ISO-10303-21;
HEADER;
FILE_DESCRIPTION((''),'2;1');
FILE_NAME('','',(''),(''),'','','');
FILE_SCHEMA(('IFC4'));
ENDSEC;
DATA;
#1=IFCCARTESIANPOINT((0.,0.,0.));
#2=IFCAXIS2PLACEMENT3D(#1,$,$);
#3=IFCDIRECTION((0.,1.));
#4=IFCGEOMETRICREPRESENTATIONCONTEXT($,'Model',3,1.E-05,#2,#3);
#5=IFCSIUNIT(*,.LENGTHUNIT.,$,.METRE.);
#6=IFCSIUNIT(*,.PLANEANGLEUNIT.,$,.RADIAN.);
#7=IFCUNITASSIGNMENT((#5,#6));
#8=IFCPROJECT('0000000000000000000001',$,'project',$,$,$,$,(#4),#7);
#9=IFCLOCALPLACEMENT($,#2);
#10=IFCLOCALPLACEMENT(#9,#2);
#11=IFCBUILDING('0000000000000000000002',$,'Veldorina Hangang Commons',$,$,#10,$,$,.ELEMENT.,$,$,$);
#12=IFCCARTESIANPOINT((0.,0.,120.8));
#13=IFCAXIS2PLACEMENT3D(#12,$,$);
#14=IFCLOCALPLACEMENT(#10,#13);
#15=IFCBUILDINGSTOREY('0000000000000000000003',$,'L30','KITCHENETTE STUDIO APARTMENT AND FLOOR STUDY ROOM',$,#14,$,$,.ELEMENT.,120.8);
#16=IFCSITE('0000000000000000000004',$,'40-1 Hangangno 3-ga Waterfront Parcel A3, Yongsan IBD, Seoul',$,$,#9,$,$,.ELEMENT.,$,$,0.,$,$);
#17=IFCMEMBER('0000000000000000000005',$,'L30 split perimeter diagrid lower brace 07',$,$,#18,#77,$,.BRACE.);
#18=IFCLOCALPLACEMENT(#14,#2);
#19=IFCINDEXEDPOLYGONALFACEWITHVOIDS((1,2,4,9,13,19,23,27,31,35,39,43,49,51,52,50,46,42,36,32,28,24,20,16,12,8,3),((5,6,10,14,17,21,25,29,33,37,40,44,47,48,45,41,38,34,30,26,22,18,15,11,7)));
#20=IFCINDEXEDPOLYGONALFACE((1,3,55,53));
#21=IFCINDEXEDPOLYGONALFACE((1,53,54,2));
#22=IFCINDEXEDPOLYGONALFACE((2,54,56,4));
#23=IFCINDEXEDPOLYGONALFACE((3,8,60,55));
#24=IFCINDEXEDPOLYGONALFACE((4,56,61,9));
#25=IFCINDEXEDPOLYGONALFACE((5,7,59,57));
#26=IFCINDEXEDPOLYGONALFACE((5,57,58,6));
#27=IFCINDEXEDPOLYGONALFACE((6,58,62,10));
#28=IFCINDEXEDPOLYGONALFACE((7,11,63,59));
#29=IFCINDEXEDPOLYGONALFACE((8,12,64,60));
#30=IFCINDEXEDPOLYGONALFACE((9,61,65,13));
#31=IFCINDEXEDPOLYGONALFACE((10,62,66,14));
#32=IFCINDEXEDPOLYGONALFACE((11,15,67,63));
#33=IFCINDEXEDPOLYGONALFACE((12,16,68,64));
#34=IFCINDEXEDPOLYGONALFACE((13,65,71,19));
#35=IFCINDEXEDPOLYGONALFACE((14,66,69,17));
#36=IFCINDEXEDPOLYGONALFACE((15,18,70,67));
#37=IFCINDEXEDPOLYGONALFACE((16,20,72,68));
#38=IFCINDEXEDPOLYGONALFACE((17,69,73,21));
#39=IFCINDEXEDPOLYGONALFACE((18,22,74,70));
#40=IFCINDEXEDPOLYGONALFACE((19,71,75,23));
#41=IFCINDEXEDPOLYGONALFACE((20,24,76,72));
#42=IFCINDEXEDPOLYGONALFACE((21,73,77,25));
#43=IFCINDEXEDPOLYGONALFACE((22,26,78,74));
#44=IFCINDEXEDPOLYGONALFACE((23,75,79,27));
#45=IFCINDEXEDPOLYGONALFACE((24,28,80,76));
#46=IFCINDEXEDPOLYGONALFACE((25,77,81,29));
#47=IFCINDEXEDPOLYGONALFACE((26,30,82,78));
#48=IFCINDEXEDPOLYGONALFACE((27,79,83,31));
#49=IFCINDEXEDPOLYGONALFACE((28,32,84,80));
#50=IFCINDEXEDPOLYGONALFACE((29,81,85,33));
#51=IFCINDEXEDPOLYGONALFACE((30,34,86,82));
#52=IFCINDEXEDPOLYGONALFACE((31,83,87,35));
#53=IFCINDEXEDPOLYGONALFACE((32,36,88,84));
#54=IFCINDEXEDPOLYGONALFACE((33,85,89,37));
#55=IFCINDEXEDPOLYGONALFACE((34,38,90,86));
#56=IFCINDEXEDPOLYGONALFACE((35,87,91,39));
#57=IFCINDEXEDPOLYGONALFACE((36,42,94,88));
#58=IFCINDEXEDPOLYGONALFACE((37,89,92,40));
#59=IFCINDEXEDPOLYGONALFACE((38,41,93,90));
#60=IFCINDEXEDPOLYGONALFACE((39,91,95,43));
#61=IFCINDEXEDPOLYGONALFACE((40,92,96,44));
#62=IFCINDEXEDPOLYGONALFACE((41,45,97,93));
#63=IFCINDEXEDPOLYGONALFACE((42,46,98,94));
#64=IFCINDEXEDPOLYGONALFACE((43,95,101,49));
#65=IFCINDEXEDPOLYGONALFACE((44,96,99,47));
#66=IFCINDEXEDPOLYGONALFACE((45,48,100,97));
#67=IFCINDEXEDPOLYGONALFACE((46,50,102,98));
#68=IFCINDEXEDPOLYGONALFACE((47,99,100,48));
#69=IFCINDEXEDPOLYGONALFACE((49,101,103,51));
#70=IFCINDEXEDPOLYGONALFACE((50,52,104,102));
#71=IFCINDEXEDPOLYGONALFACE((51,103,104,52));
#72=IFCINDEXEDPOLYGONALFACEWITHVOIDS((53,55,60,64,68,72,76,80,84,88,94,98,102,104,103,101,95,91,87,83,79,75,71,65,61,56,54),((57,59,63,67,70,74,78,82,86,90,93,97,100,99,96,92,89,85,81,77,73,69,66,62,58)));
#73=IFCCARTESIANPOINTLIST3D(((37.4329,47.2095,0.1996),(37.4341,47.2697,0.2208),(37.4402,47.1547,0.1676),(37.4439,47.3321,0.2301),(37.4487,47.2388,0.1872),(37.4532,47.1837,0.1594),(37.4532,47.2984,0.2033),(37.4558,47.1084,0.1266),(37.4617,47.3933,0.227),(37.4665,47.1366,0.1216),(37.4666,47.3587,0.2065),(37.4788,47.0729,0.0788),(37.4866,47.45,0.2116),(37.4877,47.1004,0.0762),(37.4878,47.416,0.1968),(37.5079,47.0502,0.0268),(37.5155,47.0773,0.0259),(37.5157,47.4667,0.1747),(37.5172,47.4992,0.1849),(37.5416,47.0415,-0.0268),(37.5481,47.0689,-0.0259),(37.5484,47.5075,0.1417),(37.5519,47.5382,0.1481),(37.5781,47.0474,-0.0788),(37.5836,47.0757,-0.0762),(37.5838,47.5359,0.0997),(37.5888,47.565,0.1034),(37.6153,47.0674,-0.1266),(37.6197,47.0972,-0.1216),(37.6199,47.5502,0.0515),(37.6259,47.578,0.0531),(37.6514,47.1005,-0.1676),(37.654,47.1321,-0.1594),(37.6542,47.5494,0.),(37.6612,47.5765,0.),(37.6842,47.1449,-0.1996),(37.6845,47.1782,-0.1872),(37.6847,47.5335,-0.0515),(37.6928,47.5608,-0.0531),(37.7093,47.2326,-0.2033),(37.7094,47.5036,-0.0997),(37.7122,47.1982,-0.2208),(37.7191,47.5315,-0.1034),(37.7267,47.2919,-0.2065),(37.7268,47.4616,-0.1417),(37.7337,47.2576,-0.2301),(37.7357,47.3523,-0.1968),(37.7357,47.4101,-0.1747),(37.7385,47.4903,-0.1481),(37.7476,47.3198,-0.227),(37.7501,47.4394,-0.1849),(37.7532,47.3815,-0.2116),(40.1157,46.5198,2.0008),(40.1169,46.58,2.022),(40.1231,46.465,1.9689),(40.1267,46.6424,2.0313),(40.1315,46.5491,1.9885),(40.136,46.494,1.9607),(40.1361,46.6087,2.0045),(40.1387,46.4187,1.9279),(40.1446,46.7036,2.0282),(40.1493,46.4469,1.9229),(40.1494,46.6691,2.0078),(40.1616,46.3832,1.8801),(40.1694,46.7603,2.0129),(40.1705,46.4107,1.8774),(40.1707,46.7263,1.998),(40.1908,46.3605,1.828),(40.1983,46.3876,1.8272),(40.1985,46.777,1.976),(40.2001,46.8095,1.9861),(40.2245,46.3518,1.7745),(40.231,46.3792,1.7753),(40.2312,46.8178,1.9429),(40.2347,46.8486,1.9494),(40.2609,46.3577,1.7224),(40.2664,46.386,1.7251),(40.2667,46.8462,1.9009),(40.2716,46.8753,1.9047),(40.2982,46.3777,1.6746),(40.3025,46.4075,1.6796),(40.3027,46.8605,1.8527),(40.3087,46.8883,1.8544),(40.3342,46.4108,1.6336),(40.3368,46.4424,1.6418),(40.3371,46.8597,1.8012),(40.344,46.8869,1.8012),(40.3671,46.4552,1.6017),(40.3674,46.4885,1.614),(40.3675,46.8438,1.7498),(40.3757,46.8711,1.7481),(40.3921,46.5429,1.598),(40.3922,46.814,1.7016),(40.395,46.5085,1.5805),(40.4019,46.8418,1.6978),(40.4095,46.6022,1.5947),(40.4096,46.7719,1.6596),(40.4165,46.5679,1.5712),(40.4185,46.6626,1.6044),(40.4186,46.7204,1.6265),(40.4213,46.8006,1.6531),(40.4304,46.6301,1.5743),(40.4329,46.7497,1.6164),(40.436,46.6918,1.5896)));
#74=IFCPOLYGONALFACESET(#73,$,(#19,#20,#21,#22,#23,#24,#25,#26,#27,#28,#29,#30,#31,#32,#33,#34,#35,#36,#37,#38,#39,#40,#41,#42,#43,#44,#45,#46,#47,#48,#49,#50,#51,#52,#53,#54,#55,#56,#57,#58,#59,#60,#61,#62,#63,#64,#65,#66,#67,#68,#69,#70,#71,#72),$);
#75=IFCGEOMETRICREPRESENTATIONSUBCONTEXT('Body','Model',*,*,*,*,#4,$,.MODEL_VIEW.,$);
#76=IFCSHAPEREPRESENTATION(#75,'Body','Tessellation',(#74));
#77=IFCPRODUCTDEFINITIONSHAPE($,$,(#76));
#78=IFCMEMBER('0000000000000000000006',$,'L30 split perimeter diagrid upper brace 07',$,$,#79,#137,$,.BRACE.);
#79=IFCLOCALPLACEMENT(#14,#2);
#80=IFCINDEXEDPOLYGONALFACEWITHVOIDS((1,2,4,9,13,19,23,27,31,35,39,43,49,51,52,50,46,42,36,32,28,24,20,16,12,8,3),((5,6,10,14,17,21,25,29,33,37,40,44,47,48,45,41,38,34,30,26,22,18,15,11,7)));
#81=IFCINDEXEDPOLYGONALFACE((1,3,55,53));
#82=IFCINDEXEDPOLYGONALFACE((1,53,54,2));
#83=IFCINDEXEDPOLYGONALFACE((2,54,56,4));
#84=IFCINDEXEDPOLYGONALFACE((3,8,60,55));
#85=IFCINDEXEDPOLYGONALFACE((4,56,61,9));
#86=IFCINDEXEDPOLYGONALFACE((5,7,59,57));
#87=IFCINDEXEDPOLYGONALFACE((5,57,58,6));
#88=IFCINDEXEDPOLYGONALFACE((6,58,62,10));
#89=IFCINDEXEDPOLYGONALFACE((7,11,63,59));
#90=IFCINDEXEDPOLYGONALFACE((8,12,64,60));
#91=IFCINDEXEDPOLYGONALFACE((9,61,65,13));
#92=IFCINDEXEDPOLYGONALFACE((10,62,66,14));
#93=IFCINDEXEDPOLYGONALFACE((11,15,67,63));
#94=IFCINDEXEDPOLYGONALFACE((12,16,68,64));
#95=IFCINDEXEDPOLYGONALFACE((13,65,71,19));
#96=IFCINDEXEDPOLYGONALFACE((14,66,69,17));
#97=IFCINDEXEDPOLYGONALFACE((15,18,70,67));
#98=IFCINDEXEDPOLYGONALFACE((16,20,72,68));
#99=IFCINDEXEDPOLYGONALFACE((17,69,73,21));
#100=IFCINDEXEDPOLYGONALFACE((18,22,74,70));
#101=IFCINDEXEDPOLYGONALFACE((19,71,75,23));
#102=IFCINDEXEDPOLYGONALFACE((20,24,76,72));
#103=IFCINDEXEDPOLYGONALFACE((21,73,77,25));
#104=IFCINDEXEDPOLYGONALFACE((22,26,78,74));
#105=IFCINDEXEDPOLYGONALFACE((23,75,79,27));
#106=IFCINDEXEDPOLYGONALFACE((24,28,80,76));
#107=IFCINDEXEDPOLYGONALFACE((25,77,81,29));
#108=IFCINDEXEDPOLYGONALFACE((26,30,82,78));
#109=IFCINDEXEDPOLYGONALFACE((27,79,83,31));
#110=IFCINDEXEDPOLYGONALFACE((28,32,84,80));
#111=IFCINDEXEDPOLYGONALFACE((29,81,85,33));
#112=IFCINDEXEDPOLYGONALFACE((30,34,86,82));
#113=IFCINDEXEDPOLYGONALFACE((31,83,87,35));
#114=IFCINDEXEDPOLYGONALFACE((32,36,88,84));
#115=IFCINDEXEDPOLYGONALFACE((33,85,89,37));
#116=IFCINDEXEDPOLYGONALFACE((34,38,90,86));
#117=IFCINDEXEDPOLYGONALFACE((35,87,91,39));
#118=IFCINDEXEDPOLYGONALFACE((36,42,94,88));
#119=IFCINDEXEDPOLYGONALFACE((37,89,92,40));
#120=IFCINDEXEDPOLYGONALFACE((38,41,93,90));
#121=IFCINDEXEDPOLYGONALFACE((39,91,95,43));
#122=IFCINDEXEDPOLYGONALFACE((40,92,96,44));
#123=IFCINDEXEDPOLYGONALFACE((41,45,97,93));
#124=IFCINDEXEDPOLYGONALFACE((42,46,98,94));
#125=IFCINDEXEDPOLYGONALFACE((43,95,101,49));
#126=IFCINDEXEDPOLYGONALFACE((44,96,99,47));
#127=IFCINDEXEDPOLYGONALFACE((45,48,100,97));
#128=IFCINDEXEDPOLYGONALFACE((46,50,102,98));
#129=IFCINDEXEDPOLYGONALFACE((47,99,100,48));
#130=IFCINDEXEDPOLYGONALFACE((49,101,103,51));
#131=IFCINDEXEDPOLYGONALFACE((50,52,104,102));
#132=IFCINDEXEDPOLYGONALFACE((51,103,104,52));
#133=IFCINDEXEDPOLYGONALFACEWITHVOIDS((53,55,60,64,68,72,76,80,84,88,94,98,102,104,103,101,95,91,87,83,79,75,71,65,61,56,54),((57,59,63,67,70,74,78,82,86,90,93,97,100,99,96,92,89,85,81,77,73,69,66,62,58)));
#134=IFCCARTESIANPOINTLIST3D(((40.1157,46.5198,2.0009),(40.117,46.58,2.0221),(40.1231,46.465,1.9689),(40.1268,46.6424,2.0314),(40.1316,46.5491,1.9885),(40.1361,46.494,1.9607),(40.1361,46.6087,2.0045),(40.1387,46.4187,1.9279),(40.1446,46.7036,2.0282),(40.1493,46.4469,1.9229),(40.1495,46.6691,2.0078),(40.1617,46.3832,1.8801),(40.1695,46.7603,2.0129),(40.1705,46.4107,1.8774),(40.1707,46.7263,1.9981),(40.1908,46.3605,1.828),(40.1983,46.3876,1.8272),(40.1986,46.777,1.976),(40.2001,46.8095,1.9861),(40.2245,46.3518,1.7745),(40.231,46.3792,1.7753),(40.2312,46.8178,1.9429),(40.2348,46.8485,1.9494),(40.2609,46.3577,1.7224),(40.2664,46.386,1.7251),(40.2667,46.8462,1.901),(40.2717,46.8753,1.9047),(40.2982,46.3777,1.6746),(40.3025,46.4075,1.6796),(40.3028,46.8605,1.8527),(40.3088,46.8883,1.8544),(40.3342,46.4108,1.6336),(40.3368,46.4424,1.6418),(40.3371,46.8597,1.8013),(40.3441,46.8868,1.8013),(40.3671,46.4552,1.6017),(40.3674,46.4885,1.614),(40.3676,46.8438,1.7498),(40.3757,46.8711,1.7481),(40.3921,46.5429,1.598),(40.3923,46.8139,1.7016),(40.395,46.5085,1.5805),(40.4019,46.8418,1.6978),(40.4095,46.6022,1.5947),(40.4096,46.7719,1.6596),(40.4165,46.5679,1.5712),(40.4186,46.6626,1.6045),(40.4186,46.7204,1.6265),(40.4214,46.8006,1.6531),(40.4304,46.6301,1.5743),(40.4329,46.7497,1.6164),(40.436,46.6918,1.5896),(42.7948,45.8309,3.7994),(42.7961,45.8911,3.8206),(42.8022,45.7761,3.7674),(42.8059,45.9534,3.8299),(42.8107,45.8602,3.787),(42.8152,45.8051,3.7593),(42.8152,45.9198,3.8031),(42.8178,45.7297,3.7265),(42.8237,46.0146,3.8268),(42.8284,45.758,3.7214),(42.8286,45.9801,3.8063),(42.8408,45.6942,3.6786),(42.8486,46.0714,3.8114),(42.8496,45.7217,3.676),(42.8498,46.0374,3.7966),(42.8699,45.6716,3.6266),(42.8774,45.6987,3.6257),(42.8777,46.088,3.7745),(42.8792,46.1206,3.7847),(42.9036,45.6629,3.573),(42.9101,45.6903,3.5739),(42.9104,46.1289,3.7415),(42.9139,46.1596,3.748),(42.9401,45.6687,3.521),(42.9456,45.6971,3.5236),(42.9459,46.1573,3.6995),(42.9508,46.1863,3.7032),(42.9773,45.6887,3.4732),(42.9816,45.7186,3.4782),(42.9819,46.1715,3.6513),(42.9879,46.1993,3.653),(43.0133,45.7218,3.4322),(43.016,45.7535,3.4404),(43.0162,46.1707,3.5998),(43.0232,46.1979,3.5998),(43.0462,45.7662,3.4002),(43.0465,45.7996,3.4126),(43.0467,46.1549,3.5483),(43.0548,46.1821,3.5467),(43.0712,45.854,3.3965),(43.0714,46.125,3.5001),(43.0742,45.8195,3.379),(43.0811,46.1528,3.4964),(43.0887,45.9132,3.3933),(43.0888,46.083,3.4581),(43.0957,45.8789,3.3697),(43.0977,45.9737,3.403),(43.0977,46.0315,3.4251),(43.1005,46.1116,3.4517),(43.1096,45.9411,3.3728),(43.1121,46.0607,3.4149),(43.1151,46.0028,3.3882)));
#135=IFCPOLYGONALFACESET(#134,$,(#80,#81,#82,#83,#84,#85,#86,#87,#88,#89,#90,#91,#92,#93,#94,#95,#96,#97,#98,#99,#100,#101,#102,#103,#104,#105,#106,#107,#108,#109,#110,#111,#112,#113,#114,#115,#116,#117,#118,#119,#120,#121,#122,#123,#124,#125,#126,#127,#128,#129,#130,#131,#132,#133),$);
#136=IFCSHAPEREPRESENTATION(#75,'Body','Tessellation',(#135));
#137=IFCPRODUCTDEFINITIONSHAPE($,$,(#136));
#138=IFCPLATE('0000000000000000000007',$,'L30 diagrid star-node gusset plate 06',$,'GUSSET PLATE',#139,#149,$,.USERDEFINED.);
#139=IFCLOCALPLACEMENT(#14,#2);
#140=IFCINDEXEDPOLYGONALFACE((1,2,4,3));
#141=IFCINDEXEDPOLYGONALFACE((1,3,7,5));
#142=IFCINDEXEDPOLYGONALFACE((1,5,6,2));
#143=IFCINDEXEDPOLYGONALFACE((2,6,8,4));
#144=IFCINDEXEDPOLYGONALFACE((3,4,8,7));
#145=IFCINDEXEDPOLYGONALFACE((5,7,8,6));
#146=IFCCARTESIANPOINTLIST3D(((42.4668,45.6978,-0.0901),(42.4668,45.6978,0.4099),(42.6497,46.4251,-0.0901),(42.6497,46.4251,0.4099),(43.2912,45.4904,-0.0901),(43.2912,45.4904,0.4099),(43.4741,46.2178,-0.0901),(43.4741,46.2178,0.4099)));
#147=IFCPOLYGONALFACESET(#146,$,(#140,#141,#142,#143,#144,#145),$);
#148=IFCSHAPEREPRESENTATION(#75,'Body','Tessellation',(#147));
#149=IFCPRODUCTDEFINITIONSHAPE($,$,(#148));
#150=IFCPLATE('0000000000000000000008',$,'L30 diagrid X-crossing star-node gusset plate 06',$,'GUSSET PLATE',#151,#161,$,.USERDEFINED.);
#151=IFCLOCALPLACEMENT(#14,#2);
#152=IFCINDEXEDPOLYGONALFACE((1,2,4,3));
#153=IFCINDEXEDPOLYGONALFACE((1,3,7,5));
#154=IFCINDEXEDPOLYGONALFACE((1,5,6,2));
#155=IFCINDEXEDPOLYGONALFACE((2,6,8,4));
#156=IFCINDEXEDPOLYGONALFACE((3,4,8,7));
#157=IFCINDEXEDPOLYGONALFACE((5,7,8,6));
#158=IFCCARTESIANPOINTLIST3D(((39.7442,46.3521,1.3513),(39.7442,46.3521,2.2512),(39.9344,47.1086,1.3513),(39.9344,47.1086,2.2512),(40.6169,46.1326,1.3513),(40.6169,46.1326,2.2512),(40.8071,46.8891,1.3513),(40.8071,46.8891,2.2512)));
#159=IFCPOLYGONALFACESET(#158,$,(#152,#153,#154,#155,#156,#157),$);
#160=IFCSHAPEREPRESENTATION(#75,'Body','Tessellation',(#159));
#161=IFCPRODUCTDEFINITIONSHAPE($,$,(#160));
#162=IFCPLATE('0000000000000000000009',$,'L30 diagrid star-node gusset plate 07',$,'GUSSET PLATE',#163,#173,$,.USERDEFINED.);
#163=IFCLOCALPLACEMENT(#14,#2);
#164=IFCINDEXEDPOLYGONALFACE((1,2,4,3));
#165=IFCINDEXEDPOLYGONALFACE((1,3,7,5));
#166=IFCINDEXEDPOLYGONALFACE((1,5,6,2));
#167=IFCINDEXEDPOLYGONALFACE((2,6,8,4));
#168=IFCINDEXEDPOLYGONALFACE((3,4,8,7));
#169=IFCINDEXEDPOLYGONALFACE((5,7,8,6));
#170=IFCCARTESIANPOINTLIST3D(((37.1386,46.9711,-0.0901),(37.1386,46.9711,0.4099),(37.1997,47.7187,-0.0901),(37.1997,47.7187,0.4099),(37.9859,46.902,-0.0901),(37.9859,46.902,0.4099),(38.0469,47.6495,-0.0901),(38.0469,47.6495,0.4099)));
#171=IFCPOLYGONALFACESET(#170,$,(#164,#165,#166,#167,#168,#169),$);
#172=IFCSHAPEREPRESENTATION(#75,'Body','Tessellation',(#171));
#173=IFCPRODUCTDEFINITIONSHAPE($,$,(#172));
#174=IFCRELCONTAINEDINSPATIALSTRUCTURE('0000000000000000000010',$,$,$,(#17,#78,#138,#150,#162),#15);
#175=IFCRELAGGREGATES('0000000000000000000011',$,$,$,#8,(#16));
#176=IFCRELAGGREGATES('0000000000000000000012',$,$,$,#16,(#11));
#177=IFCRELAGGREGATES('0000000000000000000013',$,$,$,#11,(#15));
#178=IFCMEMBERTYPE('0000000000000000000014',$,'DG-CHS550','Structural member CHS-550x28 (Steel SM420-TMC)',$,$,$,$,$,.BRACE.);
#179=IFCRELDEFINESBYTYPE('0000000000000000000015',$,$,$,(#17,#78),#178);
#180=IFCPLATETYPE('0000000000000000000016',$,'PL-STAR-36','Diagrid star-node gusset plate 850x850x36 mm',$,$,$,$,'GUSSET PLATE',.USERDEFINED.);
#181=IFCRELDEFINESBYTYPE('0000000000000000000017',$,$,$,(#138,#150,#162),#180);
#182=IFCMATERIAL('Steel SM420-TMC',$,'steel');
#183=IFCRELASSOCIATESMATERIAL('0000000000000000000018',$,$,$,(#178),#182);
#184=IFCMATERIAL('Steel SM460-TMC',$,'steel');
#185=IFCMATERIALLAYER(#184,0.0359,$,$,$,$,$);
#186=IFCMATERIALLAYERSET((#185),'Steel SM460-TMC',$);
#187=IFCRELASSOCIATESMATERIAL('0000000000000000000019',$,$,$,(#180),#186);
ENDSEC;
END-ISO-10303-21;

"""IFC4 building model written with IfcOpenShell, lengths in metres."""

from ifc_helpers import new_model, si_unit, direction, frame, origin, origin_2d, place, context, subcontext, project, spatial, rectangle, hollow_circle, extrude, material, layer, layer_set, material_profile, profile_set, type_object, element, save


model = new_model("IFC4")

# Units and contexts
model_context = context("Model", 3, precision=1e-05, world=origin(), true_north=direction((0.0, 1.0)))
body_context = subcontext(model_context, "Body", "Model", "MODEL_VIEW")
ifc_project = project(units=[si_unit("LENGTHUNIT", "METRE"), si_unit("PLANEANGLEUNIT", "RADIAN")], contexts=[model_context])

# Site, building, storey
site_placement = place(None, origin())
site = spatial("IfcSite", under=ifc_project, at=site_placement, Name="40-1 Hangangno 3-ga Waterfront Parcel A3, Yongsan IBD, Seoul", CompositionType="ELEMENT", RefElevation=0.0)
building_placement = place(site_placement, origin())
building = spatial("IfcBuilding", under=site, at=building_placement, Name="Veldorina Hangang Commons", CompositionType="ELEMENT")
storey_placement = place(building_placement, frame((0.0, 0.0, 120.8)))
storey = spatial("IfcBuildingStorey", under=building, at=storey_placement, Name="L30", Description="KITCHENETTE STUDIO APARTMENT AND FLOOR STUDY ROOM", CompositionType="ELEMENT", Elevation=120.8)

# Shared definitions
ifc_material_1 = material(Name="Steel SM420-TMC", Category="steel")

# Members
ifc_material_profile_1 = material_profile(ifc_material_1, hollow_circle(Radius=0.2749, WallThickness=0.0281, at=origin_2d()), Name="CHS-550x28")
ifc_profile_set_1 = profile_set([ifc_material_profile_1], Name="Steel SM420-TMC")
member_type = type_object("IfcMemberType", Name="DG-CHS550", Description="Structural member CHS-550x28 (Steel SM420-TMC)", PredefinedType="BRACE", material=ifc_profile_set_1)
member_1_placement = place(storey_placement, frame((37.5928, 47.3103, 0.0), z_axis=(0.811945, -0.208731, 0.545139), x_axis=(0.24898, 0.968509, 0.0)))
element("IfcMember", 1, at=member_1_placement, inside=storey, type_object=member_type, Name="L30 split perimeter diagrid lower brace 07", PredefinedType="BRACE", context=body_context, shape_type="SweptSolid", body=[
    extrude(hollow_circle(Radius=0.2749, WallThickness=0.0281, at=origin_2d()), origin(), (0.0, 0.0, 1.0), 3.3042),
])
member_2_placement = place(storey_placement, frame((40.2756, 46.6206, 1.8013), z_axis=(0.811965, -0.208799, 0.545083), x_axis=(0.249051, 0.96849, 0.0)))
element("IfcMember", 2, at=member_2_placement, inside=storey, type_object=member_type, Name="L30 split perimeter diagrid upper brace 07", PredefinedType="BRACE", context=body_context, shape_type="SweptSolid", body=[
    extrude(hollow_circle(Radius=0.2749, WallThickness=0.0281, at=origin_2d()), origin(), (0.0, 0.0, 1.0), 3.2996),
])

# Plates
ifc_material_2 = material(Name="Steel SM460-TMC", Category="steel")
ifc_layer_1 = layer(ifc_material_2, 0.0359)
ifc_layer_set_1 = layer_set([ifc_layer_1], Name="Steel SM460-TMC")
plate_type = type_object("IfcPlateType", Name="PL-STAR-36", Description="Diagrid star-node gusset plate 850x850x36 mm", ElementType="GUSSET PLATE", PredefinedType="USERDEFINED", material=ifc_layer_set_1)
plate_1_placement = place(storey_placement, frame((42.9705, 45.9578, -0.0901), z_axis=(0.0, 0.0, 1.0), x_axis=(-0.969804, 0.243886, 0.0)))
element("IfcPlate", 3, at=plate_1_placement, inside=storey, type_object=plate_type, Name="L30 diagrid star-node gusset plate 06", ObjectType="GUSSET PLATE", PredefinedType="USERDEFINED", context=body_context, shape_type="SweptSolid", body=[
    extrude(rectangle(XDim=0.8501, YDim=0.75, at=origin_2d()), origin(), (0.0, 0.0, 1.0), 0.5),
])
plate_2_placement = place(storey_placement, frame((40.2756, 46.6206, 1.3513), z_axis=(0.0, 0.0, 1.0), x_axis=(-0.969804, 0.243886, 0.0)))
element("IfcPlate", 4, at=plate_2_placement, inside=storey, type_object=plate_type, Name="L30 diagrid X-crossing star-node gusset plate 06", ObjectType="GUSSET PLATE", PredefinedType="USERDEFINED", context=body_context, shape_type="SweptSolid", body=[
    extrude(rectangle(XDim=0.8999, YDim=0.78, at=origin_2d()), origin(), (0.0, 0.0, 1.0), 0.8999),
])
plate_3_placement = place(storey_placement, frame((37.5928, 47.3103, -0.0901), z_axis=(0.0, 0.0, 1.0), x_axis=(-0.996683, 0.081382, 0.0)))
element("IfcPlate", 5, at=plate_3_placement, inside=storey, type_object=plate_type, Name="L30 diagrid star-node gusset plate 07", ObjectType="GUSSET PLATE", PredefinedType="USERDEFINED", context=body_context, shape_type="SweptSolid", body=[
    extrude(rectangle(XDim=0.8501, YDim=0.75, at=origin_2d()), origin(), (0.0, 0.0, 1.0), 0.5),
])

save(model, "model.ifc")
